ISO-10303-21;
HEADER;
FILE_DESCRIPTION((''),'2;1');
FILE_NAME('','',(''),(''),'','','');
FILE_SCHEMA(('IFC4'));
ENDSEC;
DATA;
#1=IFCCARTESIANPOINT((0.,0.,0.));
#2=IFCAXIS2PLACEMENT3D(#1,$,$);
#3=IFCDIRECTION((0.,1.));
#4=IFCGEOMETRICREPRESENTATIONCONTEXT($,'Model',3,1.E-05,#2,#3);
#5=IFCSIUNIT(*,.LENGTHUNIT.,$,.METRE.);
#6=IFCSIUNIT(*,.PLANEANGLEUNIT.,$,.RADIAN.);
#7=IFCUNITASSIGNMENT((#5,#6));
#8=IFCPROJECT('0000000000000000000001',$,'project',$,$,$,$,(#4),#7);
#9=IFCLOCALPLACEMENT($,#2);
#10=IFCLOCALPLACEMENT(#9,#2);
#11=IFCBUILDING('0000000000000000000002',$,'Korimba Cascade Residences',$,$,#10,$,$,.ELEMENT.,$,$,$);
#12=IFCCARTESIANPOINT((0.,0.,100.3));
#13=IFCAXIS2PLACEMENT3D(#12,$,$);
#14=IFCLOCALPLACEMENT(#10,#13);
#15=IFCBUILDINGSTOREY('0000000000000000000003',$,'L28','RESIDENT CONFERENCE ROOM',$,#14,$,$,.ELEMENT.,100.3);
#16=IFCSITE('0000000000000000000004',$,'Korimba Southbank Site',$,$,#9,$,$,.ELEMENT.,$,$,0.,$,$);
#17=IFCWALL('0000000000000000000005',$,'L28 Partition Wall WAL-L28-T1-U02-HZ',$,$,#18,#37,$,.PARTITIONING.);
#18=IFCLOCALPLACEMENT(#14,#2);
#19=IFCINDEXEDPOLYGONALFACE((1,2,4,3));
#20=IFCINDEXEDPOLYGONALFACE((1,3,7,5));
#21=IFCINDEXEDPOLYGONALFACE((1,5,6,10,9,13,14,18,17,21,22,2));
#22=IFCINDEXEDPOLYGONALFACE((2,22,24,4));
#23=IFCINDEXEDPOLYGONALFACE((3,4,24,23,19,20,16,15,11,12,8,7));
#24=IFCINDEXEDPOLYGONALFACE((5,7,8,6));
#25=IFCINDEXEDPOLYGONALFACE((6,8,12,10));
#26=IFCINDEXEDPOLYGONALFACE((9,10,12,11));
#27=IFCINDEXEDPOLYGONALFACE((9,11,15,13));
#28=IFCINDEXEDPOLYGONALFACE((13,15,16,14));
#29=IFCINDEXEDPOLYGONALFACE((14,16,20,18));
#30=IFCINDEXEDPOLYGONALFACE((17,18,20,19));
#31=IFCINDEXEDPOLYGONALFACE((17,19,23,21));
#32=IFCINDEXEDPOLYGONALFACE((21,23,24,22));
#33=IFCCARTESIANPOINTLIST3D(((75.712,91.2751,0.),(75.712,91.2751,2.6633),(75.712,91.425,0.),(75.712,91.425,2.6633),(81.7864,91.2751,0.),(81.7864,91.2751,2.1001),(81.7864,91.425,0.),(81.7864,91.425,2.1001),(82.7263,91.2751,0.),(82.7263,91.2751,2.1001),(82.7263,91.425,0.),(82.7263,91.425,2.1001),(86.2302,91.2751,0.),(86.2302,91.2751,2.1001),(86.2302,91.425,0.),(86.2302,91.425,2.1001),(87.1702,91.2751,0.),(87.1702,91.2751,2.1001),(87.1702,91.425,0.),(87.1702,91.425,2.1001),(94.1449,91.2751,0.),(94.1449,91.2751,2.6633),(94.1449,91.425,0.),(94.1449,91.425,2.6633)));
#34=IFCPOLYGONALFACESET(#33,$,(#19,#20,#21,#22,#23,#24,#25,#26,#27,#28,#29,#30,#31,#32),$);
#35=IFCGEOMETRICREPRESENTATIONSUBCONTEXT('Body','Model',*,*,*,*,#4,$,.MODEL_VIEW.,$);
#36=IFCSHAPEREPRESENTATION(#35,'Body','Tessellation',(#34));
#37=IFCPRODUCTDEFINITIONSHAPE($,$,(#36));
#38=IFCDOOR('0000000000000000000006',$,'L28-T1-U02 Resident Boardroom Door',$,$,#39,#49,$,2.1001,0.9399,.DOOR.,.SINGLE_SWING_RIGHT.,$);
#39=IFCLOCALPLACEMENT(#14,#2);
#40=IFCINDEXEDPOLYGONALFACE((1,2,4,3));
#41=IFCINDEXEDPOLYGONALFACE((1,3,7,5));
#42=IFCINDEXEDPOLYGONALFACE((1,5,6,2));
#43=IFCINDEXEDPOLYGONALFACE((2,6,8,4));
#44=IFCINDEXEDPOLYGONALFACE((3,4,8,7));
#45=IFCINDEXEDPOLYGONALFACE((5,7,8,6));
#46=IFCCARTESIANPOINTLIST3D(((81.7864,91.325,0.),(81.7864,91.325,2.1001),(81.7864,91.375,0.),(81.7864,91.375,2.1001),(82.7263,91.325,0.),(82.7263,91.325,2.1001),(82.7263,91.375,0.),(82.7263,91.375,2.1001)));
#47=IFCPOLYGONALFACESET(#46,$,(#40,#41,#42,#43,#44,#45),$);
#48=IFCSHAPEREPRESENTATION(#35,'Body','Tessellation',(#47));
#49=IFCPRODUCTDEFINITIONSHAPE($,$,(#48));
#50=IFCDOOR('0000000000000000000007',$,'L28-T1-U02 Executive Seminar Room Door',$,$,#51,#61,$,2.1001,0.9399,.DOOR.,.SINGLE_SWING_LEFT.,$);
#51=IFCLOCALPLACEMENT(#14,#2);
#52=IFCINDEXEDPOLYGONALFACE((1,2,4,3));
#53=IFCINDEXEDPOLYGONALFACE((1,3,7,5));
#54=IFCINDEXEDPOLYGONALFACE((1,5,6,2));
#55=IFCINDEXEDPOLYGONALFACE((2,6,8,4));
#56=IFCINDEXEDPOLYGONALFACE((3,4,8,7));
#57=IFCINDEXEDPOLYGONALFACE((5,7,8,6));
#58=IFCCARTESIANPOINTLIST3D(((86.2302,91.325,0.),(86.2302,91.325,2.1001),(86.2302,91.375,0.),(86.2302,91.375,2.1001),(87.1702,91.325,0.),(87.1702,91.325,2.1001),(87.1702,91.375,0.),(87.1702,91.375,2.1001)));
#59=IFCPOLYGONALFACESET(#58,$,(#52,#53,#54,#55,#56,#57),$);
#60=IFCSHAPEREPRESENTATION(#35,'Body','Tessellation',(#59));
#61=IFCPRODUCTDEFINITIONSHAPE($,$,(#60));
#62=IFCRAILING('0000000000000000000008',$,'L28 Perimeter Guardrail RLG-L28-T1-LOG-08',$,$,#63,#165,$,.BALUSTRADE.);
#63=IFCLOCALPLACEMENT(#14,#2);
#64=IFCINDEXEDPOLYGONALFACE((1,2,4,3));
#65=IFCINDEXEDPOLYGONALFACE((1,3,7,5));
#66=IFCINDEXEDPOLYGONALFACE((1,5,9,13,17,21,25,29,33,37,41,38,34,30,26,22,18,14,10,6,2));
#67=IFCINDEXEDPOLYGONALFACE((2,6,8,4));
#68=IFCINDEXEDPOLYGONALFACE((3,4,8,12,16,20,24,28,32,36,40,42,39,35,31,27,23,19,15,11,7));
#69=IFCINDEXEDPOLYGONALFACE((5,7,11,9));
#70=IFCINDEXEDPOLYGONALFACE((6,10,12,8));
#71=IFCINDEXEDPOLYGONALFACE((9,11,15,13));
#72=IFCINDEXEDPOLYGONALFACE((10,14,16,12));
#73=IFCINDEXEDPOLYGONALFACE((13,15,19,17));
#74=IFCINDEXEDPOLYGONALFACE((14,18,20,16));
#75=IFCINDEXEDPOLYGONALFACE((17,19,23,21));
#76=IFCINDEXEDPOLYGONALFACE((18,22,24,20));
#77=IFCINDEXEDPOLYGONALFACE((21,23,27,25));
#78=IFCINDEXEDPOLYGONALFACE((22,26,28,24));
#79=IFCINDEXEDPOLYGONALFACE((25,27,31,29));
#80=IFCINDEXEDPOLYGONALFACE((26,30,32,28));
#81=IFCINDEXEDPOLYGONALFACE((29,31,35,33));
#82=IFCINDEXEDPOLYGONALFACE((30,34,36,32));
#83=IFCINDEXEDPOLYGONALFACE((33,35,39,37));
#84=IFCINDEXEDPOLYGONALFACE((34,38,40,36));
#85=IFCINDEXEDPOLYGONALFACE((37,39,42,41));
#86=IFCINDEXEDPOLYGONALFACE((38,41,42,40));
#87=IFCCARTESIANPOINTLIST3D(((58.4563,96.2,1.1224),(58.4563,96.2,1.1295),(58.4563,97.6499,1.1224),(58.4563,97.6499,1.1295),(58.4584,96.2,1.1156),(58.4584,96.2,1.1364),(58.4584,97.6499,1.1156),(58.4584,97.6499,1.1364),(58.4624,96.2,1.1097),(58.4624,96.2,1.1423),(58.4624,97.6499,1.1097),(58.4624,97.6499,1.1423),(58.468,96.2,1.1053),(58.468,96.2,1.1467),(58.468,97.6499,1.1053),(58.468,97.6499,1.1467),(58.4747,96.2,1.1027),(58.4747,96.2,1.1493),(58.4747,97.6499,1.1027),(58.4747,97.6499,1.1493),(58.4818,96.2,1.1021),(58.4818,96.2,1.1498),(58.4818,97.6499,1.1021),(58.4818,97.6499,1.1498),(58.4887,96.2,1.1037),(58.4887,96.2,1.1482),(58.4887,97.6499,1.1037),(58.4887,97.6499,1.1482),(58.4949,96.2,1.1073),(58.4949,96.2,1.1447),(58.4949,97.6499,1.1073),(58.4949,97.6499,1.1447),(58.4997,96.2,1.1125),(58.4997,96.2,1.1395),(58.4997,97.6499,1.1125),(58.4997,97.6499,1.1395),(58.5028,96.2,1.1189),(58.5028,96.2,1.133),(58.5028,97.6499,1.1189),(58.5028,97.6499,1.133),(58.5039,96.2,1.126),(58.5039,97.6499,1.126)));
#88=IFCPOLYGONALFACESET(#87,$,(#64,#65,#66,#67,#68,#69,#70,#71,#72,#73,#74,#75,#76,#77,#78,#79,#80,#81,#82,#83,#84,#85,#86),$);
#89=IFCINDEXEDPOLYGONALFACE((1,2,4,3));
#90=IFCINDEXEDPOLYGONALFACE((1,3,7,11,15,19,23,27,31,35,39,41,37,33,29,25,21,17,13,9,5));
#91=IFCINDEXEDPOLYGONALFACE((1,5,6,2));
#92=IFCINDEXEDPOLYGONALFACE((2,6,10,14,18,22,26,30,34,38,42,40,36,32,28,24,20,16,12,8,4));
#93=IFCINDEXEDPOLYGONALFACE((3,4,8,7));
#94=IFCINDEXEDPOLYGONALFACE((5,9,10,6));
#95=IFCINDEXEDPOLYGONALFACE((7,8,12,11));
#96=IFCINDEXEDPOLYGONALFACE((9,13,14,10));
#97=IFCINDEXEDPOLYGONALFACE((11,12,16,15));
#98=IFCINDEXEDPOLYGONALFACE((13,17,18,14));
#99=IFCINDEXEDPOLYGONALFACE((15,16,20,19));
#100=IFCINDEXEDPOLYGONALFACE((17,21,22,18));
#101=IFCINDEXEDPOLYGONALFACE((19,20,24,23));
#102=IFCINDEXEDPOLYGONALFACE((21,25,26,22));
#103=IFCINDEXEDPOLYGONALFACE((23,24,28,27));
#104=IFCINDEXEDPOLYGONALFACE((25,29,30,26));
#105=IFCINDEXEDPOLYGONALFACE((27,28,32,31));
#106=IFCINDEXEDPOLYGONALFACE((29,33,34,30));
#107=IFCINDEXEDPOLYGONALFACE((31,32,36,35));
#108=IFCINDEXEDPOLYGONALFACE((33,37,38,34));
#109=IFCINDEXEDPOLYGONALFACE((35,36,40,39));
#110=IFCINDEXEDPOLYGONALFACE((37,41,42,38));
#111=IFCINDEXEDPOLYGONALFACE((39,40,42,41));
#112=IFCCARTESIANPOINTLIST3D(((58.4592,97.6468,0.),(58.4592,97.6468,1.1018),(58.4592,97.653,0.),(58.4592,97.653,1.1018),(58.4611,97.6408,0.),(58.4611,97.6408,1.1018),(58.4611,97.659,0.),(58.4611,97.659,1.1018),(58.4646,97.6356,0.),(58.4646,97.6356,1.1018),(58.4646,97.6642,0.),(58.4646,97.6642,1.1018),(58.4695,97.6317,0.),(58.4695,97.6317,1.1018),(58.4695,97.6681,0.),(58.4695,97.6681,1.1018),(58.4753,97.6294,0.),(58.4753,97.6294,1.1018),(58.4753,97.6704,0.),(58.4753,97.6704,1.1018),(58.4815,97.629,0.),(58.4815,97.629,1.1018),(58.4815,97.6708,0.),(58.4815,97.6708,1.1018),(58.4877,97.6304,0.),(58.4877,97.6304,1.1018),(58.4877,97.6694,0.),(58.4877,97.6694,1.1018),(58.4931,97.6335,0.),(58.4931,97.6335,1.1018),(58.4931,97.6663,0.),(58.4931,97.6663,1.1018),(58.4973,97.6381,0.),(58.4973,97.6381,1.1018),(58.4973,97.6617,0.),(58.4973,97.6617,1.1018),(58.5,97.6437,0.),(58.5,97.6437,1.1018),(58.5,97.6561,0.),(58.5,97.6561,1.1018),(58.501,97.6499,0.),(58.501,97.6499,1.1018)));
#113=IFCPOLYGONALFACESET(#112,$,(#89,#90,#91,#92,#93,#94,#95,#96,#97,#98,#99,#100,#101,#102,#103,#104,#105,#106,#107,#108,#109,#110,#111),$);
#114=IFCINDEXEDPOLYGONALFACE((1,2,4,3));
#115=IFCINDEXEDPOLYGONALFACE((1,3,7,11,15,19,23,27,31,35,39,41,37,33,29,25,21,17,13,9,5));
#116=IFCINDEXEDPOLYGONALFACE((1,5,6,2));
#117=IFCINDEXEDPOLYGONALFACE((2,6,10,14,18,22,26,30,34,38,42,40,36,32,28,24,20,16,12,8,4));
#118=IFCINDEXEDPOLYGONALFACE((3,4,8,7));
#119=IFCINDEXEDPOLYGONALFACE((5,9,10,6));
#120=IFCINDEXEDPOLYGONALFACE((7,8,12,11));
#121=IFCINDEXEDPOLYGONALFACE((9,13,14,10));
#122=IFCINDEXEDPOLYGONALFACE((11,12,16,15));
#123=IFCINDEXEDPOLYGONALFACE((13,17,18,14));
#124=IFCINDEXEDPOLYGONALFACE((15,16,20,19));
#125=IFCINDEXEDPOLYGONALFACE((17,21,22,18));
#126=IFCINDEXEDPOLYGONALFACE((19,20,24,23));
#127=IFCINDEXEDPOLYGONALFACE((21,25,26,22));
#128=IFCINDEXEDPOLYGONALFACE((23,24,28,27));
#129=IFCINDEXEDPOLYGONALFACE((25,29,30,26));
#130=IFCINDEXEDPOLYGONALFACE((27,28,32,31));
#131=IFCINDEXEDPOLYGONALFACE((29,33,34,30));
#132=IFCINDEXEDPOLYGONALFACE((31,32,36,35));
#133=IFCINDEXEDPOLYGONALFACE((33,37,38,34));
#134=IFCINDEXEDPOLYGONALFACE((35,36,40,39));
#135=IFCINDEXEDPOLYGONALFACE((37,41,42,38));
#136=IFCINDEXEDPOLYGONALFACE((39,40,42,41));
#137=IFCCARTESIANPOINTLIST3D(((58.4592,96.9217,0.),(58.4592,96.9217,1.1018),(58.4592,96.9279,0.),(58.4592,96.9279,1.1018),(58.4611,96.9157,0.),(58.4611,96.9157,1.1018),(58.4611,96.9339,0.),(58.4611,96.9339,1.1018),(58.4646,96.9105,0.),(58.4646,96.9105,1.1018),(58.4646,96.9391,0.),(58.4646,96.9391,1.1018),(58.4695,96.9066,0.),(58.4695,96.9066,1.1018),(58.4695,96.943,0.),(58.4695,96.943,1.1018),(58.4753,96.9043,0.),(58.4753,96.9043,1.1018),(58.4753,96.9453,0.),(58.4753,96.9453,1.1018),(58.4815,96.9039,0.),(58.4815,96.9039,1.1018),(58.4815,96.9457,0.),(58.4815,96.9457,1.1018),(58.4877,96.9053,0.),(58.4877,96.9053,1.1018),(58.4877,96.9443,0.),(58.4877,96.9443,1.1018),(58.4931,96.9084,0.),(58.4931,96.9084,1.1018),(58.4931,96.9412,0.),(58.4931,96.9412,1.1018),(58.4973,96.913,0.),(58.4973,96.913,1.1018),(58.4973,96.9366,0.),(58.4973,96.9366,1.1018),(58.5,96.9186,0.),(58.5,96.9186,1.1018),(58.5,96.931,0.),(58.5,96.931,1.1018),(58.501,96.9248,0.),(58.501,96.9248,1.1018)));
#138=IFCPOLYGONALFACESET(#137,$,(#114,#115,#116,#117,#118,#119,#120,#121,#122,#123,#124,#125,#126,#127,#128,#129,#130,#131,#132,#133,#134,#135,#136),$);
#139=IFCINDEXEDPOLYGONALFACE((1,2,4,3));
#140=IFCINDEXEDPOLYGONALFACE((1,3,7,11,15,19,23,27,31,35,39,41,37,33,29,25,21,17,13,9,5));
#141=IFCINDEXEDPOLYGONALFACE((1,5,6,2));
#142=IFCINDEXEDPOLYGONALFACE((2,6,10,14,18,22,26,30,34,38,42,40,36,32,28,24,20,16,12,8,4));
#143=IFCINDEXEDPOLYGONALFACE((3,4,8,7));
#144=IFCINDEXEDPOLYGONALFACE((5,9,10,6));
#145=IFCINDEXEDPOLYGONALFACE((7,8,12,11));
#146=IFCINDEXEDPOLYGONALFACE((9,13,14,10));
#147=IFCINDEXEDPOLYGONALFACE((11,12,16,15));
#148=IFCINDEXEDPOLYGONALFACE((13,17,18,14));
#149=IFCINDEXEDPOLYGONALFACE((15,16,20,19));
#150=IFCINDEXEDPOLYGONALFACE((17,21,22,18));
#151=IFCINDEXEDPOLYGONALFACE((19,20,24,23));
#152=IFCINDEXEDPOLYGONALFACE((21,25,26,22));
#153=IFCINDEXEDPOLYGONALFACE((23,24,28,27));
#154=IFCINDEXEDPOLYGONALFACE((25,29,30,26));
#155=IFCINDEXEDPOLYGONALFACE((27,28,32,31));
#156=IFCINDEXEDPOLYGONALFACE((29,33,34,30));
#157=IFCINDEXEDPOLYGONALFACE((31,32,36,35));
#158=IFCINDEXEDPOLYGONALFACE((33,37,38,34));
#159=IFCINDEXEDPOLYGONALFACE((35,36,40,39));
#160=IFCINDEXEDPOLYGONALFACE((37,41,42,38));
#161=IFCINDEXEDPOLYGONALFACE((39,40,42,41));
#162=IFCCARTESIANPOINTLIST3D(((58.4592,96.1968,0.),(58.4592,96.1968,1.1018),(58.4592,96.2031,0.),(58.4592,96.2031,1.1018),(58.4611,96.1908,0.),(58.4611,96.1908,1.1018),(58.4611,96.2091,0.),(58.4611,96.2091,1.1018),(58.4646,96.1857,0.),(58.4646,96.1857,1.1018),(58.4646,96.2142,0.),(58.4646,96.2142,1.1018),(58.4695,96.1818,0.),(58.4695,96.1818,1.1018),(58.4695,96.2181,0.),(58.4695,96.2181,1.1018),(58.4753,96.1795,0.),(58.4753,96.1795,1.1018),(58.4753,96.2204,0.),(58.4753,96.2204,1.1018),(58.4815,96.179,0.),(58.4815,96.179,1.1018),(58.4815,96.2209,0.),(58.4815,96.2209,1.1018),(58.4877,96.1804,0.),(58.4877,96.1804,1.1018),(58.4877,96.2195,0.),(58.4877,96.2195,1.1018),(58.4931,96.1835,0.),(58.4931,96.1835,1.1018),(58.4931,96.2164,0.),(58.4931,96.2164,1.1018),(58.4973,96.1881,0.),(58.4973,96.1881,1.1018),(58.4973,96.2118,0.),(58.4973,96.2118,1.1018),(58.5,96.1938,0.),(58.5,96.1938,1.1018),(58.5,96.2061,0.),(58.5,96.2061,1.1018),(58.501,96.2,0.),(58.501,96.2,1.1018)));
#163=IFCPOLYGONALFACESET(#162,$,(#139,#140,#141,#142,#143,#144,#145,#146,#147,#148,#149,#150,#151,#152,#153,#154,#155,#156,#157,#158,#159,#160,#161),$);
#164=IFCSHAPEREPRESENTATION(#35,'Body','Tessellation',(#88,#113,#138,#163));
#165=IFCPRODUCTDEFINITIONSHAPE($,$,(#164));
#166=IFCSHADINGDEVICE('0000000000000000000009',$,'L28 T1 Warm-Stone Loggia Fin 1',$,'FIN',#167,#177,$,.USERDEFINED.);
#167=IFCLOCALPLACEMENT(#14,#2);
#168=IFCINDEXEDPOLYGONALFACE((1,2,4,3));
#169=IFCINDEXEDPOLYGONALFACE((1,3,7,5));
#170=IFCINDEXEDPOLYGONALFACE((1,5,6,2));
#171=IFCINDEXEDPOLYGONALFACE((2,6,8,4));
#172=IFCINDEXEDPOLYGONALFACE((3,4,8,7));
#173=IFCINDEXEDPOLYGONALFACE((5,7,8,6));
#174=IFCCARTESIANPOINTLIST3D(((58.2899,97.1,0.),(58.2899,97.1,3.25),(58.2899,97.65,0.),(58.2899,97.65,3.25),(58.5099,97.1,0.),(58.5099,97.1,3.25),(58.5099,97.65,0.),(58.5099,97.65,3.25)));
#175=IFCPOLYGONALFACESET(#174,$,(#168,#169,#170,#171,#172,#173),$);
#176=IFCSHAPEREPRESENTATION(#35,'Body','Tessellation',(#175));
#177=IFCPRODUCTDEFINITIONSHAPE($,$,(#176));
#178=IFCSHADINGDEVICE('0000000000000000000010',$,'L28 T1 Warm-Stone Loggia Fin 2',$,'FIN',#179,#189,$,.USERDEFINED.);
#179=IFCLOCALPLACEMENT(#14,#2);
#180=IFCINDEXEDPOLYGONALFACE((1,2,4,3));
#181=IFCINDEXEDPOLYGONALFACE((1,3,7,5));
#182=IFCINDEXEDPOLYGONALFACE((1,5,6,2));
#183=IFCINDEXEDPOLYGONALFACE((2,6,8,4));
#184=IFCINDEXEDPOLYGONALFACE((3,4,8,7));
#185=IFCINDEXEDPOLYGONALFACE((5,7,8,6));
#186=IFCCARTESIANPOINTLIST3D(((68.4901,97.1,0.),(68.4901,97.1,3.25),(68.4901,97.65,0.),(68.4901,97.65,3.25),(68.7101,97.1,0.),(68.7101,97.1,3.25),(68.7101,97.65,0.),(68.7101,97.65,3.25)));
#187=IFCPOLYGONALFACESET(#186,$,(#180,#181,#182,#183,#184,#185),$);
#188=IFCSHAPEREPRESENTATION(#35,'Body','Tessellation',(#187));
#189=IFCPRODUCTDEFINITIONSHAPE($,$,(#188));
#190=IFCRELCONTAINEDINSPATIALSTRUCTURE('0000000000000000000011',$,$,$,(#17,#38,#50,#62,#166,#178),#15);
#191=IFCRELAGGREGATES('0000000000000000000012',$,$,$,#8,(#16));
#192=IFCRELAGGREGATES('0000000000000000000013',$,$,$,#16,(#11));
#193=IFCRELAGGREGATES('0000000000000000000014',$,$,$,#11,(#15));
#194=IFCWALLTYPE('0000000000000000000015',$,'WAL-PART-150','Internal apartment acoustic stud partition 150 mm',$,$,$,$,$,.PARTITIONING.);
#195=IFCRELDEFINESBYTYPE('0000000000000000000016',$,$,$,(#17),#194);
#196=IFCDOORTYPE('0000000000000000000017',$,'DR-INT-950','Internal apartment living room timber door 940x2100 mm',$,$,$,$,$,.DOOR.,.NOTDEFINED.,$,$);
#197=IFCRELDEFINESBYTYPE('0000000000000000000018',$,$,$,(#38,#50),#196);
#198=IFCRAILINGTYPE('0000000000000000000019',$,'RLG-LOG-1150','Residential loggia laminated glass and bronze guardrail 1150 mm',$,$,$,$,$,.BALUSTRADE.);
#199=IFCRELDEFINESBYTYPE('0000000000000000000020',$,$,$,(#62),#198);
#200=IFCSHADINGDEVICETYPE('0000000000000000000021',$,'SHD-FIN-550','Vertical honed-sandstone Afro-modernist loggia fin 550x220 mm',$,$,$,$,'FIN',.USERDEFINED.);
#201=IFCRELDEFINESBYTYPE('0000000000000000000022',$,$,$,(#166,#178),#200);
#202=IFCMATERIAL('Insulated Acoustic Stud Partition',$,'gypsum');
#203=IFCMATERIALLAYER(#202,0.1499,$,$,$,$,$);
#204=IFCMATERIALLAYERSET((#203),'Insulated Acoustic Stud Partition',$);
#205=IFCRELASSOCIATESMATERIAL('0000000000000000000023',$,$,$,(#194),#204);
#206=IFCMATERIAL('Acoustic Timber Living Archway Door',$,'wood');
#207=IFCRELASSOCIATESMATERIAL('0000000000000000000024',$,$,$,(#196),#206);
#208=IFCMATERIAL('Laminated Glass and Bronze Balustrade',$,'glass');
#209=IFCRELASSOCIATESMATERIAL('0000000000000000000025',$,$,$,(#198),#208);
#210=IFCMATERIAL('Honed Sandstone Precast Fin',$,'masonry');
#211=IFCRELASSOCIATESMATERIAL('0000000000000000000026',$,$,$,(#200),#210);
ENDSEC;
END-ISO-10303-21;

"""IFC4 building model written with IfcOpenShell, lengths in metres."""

from ifc_helpers import new_model, si_unit, direction, frame, frame_2d, origin, origin_2d, place, context, subcontext, project, spatial, rectangle, circle, extrude, material, layer, layer_set, type_object, element, fill, save


model = new_model("IFC4")

# Units and contexts
model_context = context("Model", 3, precision=1e-05, world=origin(), true_north=direction((0.0, 1.0)))
body_context = subcontext(model_context, "Body", "Model", "MODEL_VIEW")
ifc_project = project(units=[si_unit("LENGTHUNIT", "METRE"), si_unit("PLANEANGLEUNIT", "RADIAN")], contexts=[model_context])

# Site, building, storey
site_placement = place(None, origin())
site = spatial("IfcSite", under=ifc_project, at=site_placement, Name="Korimba Southbank Site", CompositionType="ELEMENT", RefElevation=0.0)
building_placement = place(site_placement, origin())
building = spatial("IfcBuilding", under=site, at=building_placement, Name="Korimba Cascade Residences", CompositionType="ELEMENT")
storey_placement = place(building_placement, frame((0.0, 0.0, 100.3)))
storey = spatial("IfcBuildingStorey", under=building, at=storey_placement, Name="L28", Description="RESIDENT CONFERENCE ROOM", CompositionType="ELEMENT", Elevation=100.3)

# Shared definitions
ifc_material_1 = material(Name="Insulated Acoustic Stud Partition", Category="gypsum")
ifc_layer_1 = layer(ifc_material_1, 0.1499)
ifc_layer_set_1 = layer_set([ifc_layer_1], Name="Insulated Acoustic Stud Partition")
wall_type_1 = type_object("IfcWallType", Name="WAL-PART-150", Description="Internal apartment acoustic stud partition 150 mm", PredefinedType="PARTITIONING", material=ifc_layer_set_1)

# Wall, openings, doors
ifc_material_2 = material(Name="Acoustic Timber Living Archway Door", Category="wood")
door_type = type_object("IfcDoorType", Name="DR-INT-950", Description="Internal apartment living room timber door 940x2100 mm", OperationType="NOTDEFINED", PredefinedType="DOOR", material=ifc_material_2)
wall_1_placement = place(storey_placement, frame((75.7122, 91.3501, 0.0), z_axis=(0.0, 0.0, 1.0), x_axis=(1.0, 0.0, 0.0)))
wall_1 = element("IfcWall", 1, at=wall_1_placement, inside=storey, type_object=wall_type_1, Name="L28 Partition Wall WAL-L28-T1-U02-HZ", PredefinedType="PARTITIONING", context=body_context, shape_type="SweptSolid", body=[
    extrude(rectangle(XDim=18.4329, YDim=0.1499, at=frame_2d((9.2163, 0.0))), origin(), (0.0, 0.0, 1.0), 2.6633),
])
opening_1_placement = place(wall_1_placement, frame((6.0742, 0.0, 0.0)))
opening_1 = element("IfcOpeningElement", 2, at=opening_1_placement, cuts=wall_1, PredefinedType="OPENING", context=body_context, shape_type="SweptSolid", body=[
    extrude(rectangle(XDim=0.9399, YDim=2.1001, at=frame_2d((0.47, 1.05))), frame((0.0, 0.085, 0.0), z_axis=(0.0, -1.0, 0.0), x_axis=(1.0, 0.0, 0.0)), (0.0, 0.0, 1.0), 0.1699),
])
opening_2_placement = place(wall_1_placement, frame((10.5181, 0.0, 0.0)))
opening_2 = element("IfcOpeningElement", 3, at=opening_2_placement, cuts=wall_1, PredefinedType="OPENING", context=body_context, shape_type="SweptSolid", body=[
    extrude(rectangle(XDim=0.9399, YDim=2.1001, at=frame_2d((0.47, 1.05))), frame((0.0, 0.085, 0.0), z_axis=(0.0, -1.0, 0.0), x_axis=(1.0, 0.0, 0.0)), (0.0, 0.0, 1.0), 0.1699),
])
door_1_placement = place(opening_1_placement, origin())
door_1 = element("IfcDoor", 4, at=door_1_placement, inside=storey, type_object=door_type, Name="L28-T1-U02 Resident Boardroom Door", OperationType="SINGLE_SWING_RIGHT", OverallHeight=2.1001, OverallWidth=0.9399, PredefinedType="DOOR", context=body_context, shape_type="SweptSolid", body=[
    extrude(rectangle(XDim=0.9399, YDim=2.1001, at=frame_2d((0.47, 1.05))), frame((0.0, 0.0249, 0.0), z_axis=(0.0, -1.0, 0.0), x_axis=(1.0, 0.0, 0.0)), (0.0, 0.0, 1.0), 0.05),
])
fill(opening_1, door_1)
door_2_placement = place(opening_2_placement, origin())
door_2 = element("IfcDoor", 5, at=door_2_placement, inside=storey, type_object=door_type, Name="L28-T1-U02 Executive Seminar Room Door", OperationType="SINGLE_SWING_LEFT", OverallHeight=2.1001, OverallWidth=0.9399, PredefinedType="DOOR", context=body_context, shape_type="SweptSolid", body=[
    extrude(rectangle(XDim=0.9399, YDim=2.1001, at=frame_2d((0.47, 1.05))), frame((0.0, 0.0249, 0.0), z_axis=(0.0, -1.0, 0.0), x_axis=(1.0, 0.0, 0.0)), (0.0, 0.0, 1.0), 0.05),
])
fill(opening_2, door_2)

# Railing
ifc_material_3 = material(Name="Laminated Glass and Bronze Balustrade", Category="glass")
railing_type = type_object("IfcRailingType", Name="RLG-LOG-1150", Description="Residential loggia laminated glass and bronze guardrail 1150 mm", PredefinedType="BALUSTRADE", material=ifc_material_3)
railing_placement = place(storey_placement, frame((58.48, 97.6499, 0.0)))
element("IfcRailing", 6, at=railing_placement, inside=storey, type_object=railing_type, Name="L28 Perimeter Guardrail RLG-L28-T1-LOG-08", PredefinedType="BALUSTRADE", context=body_context, shape_type="SweptSolid", body=[
    extrude(circle(Radius=0.0239, at=origin_2d()), frame((0.0, 0.0, 1.126), z_axis=(0.0, -1.0, 0.0), x_axis=(1.0, 0.0, 0.0)), (0.0, 0.0, 1.0), 1.45),
    extrude(circle(Radius=0.021, at=origin_2d()), origin(), (0.0, 0.0, 1.0), 1.1018),
    extrude(circle(Radius=0.021, at=origin_2d()), frame((0.0, -0.7251, 0.0)), (0.0, 0.0, 1.0), 1.1018),
    extrude(circle(Radius=0.021, at=origin_2d()), frame((0.0, -1.45, 0.0)), (0.0, 0.0, 1.0), 1.1018),
])

# Shading devices
ifc_material_4 = material(Name="Honed Sandstone Precast Fin", Category="masonry")
shading_device_type = type_object("IfcShadingDeviceType", Name="SHD-FIN-550", Description="Vertical honed-sandstone Afro-modernist loggia fin 550x220 mm", ElementType="FIN", PredefinedType="USERDEFINED", material=ifc_material_4)
for number, where, z_axis, x_axis, name in (
    (7, (58.3999, 97.375, 0.0), (0.0, 0.0, 1.0), (1.0, 0.0, 0.0), "L28 T1 Warm-Stone Loggia Fin 1"),
    (8, (68.6001, 97.375, 0.0), (0.0, 0.0, 1.0), (1.0, 0.0, 0.0), "L28 T1 Warm-Stone Loggia Fin 2"),
):
    element("IfcShadingDevice", number, at=place(storey_placement, frame(where, z_axis=z_axis, x_axis=x_axis)), inside=storey, type_object=shading_device_type, Name=name, ObjectType="FIN", PredefinedType="USERDEFINED", context=body_context, shape_type="SweptSolid", body=[
        extrude(rectangle(XDim=0.22, YDim=0.55, at=origin_2d()), origin(), (0.0, 0.0, 1.0), 3.25),
    ])

save(model, "model.ifc")
